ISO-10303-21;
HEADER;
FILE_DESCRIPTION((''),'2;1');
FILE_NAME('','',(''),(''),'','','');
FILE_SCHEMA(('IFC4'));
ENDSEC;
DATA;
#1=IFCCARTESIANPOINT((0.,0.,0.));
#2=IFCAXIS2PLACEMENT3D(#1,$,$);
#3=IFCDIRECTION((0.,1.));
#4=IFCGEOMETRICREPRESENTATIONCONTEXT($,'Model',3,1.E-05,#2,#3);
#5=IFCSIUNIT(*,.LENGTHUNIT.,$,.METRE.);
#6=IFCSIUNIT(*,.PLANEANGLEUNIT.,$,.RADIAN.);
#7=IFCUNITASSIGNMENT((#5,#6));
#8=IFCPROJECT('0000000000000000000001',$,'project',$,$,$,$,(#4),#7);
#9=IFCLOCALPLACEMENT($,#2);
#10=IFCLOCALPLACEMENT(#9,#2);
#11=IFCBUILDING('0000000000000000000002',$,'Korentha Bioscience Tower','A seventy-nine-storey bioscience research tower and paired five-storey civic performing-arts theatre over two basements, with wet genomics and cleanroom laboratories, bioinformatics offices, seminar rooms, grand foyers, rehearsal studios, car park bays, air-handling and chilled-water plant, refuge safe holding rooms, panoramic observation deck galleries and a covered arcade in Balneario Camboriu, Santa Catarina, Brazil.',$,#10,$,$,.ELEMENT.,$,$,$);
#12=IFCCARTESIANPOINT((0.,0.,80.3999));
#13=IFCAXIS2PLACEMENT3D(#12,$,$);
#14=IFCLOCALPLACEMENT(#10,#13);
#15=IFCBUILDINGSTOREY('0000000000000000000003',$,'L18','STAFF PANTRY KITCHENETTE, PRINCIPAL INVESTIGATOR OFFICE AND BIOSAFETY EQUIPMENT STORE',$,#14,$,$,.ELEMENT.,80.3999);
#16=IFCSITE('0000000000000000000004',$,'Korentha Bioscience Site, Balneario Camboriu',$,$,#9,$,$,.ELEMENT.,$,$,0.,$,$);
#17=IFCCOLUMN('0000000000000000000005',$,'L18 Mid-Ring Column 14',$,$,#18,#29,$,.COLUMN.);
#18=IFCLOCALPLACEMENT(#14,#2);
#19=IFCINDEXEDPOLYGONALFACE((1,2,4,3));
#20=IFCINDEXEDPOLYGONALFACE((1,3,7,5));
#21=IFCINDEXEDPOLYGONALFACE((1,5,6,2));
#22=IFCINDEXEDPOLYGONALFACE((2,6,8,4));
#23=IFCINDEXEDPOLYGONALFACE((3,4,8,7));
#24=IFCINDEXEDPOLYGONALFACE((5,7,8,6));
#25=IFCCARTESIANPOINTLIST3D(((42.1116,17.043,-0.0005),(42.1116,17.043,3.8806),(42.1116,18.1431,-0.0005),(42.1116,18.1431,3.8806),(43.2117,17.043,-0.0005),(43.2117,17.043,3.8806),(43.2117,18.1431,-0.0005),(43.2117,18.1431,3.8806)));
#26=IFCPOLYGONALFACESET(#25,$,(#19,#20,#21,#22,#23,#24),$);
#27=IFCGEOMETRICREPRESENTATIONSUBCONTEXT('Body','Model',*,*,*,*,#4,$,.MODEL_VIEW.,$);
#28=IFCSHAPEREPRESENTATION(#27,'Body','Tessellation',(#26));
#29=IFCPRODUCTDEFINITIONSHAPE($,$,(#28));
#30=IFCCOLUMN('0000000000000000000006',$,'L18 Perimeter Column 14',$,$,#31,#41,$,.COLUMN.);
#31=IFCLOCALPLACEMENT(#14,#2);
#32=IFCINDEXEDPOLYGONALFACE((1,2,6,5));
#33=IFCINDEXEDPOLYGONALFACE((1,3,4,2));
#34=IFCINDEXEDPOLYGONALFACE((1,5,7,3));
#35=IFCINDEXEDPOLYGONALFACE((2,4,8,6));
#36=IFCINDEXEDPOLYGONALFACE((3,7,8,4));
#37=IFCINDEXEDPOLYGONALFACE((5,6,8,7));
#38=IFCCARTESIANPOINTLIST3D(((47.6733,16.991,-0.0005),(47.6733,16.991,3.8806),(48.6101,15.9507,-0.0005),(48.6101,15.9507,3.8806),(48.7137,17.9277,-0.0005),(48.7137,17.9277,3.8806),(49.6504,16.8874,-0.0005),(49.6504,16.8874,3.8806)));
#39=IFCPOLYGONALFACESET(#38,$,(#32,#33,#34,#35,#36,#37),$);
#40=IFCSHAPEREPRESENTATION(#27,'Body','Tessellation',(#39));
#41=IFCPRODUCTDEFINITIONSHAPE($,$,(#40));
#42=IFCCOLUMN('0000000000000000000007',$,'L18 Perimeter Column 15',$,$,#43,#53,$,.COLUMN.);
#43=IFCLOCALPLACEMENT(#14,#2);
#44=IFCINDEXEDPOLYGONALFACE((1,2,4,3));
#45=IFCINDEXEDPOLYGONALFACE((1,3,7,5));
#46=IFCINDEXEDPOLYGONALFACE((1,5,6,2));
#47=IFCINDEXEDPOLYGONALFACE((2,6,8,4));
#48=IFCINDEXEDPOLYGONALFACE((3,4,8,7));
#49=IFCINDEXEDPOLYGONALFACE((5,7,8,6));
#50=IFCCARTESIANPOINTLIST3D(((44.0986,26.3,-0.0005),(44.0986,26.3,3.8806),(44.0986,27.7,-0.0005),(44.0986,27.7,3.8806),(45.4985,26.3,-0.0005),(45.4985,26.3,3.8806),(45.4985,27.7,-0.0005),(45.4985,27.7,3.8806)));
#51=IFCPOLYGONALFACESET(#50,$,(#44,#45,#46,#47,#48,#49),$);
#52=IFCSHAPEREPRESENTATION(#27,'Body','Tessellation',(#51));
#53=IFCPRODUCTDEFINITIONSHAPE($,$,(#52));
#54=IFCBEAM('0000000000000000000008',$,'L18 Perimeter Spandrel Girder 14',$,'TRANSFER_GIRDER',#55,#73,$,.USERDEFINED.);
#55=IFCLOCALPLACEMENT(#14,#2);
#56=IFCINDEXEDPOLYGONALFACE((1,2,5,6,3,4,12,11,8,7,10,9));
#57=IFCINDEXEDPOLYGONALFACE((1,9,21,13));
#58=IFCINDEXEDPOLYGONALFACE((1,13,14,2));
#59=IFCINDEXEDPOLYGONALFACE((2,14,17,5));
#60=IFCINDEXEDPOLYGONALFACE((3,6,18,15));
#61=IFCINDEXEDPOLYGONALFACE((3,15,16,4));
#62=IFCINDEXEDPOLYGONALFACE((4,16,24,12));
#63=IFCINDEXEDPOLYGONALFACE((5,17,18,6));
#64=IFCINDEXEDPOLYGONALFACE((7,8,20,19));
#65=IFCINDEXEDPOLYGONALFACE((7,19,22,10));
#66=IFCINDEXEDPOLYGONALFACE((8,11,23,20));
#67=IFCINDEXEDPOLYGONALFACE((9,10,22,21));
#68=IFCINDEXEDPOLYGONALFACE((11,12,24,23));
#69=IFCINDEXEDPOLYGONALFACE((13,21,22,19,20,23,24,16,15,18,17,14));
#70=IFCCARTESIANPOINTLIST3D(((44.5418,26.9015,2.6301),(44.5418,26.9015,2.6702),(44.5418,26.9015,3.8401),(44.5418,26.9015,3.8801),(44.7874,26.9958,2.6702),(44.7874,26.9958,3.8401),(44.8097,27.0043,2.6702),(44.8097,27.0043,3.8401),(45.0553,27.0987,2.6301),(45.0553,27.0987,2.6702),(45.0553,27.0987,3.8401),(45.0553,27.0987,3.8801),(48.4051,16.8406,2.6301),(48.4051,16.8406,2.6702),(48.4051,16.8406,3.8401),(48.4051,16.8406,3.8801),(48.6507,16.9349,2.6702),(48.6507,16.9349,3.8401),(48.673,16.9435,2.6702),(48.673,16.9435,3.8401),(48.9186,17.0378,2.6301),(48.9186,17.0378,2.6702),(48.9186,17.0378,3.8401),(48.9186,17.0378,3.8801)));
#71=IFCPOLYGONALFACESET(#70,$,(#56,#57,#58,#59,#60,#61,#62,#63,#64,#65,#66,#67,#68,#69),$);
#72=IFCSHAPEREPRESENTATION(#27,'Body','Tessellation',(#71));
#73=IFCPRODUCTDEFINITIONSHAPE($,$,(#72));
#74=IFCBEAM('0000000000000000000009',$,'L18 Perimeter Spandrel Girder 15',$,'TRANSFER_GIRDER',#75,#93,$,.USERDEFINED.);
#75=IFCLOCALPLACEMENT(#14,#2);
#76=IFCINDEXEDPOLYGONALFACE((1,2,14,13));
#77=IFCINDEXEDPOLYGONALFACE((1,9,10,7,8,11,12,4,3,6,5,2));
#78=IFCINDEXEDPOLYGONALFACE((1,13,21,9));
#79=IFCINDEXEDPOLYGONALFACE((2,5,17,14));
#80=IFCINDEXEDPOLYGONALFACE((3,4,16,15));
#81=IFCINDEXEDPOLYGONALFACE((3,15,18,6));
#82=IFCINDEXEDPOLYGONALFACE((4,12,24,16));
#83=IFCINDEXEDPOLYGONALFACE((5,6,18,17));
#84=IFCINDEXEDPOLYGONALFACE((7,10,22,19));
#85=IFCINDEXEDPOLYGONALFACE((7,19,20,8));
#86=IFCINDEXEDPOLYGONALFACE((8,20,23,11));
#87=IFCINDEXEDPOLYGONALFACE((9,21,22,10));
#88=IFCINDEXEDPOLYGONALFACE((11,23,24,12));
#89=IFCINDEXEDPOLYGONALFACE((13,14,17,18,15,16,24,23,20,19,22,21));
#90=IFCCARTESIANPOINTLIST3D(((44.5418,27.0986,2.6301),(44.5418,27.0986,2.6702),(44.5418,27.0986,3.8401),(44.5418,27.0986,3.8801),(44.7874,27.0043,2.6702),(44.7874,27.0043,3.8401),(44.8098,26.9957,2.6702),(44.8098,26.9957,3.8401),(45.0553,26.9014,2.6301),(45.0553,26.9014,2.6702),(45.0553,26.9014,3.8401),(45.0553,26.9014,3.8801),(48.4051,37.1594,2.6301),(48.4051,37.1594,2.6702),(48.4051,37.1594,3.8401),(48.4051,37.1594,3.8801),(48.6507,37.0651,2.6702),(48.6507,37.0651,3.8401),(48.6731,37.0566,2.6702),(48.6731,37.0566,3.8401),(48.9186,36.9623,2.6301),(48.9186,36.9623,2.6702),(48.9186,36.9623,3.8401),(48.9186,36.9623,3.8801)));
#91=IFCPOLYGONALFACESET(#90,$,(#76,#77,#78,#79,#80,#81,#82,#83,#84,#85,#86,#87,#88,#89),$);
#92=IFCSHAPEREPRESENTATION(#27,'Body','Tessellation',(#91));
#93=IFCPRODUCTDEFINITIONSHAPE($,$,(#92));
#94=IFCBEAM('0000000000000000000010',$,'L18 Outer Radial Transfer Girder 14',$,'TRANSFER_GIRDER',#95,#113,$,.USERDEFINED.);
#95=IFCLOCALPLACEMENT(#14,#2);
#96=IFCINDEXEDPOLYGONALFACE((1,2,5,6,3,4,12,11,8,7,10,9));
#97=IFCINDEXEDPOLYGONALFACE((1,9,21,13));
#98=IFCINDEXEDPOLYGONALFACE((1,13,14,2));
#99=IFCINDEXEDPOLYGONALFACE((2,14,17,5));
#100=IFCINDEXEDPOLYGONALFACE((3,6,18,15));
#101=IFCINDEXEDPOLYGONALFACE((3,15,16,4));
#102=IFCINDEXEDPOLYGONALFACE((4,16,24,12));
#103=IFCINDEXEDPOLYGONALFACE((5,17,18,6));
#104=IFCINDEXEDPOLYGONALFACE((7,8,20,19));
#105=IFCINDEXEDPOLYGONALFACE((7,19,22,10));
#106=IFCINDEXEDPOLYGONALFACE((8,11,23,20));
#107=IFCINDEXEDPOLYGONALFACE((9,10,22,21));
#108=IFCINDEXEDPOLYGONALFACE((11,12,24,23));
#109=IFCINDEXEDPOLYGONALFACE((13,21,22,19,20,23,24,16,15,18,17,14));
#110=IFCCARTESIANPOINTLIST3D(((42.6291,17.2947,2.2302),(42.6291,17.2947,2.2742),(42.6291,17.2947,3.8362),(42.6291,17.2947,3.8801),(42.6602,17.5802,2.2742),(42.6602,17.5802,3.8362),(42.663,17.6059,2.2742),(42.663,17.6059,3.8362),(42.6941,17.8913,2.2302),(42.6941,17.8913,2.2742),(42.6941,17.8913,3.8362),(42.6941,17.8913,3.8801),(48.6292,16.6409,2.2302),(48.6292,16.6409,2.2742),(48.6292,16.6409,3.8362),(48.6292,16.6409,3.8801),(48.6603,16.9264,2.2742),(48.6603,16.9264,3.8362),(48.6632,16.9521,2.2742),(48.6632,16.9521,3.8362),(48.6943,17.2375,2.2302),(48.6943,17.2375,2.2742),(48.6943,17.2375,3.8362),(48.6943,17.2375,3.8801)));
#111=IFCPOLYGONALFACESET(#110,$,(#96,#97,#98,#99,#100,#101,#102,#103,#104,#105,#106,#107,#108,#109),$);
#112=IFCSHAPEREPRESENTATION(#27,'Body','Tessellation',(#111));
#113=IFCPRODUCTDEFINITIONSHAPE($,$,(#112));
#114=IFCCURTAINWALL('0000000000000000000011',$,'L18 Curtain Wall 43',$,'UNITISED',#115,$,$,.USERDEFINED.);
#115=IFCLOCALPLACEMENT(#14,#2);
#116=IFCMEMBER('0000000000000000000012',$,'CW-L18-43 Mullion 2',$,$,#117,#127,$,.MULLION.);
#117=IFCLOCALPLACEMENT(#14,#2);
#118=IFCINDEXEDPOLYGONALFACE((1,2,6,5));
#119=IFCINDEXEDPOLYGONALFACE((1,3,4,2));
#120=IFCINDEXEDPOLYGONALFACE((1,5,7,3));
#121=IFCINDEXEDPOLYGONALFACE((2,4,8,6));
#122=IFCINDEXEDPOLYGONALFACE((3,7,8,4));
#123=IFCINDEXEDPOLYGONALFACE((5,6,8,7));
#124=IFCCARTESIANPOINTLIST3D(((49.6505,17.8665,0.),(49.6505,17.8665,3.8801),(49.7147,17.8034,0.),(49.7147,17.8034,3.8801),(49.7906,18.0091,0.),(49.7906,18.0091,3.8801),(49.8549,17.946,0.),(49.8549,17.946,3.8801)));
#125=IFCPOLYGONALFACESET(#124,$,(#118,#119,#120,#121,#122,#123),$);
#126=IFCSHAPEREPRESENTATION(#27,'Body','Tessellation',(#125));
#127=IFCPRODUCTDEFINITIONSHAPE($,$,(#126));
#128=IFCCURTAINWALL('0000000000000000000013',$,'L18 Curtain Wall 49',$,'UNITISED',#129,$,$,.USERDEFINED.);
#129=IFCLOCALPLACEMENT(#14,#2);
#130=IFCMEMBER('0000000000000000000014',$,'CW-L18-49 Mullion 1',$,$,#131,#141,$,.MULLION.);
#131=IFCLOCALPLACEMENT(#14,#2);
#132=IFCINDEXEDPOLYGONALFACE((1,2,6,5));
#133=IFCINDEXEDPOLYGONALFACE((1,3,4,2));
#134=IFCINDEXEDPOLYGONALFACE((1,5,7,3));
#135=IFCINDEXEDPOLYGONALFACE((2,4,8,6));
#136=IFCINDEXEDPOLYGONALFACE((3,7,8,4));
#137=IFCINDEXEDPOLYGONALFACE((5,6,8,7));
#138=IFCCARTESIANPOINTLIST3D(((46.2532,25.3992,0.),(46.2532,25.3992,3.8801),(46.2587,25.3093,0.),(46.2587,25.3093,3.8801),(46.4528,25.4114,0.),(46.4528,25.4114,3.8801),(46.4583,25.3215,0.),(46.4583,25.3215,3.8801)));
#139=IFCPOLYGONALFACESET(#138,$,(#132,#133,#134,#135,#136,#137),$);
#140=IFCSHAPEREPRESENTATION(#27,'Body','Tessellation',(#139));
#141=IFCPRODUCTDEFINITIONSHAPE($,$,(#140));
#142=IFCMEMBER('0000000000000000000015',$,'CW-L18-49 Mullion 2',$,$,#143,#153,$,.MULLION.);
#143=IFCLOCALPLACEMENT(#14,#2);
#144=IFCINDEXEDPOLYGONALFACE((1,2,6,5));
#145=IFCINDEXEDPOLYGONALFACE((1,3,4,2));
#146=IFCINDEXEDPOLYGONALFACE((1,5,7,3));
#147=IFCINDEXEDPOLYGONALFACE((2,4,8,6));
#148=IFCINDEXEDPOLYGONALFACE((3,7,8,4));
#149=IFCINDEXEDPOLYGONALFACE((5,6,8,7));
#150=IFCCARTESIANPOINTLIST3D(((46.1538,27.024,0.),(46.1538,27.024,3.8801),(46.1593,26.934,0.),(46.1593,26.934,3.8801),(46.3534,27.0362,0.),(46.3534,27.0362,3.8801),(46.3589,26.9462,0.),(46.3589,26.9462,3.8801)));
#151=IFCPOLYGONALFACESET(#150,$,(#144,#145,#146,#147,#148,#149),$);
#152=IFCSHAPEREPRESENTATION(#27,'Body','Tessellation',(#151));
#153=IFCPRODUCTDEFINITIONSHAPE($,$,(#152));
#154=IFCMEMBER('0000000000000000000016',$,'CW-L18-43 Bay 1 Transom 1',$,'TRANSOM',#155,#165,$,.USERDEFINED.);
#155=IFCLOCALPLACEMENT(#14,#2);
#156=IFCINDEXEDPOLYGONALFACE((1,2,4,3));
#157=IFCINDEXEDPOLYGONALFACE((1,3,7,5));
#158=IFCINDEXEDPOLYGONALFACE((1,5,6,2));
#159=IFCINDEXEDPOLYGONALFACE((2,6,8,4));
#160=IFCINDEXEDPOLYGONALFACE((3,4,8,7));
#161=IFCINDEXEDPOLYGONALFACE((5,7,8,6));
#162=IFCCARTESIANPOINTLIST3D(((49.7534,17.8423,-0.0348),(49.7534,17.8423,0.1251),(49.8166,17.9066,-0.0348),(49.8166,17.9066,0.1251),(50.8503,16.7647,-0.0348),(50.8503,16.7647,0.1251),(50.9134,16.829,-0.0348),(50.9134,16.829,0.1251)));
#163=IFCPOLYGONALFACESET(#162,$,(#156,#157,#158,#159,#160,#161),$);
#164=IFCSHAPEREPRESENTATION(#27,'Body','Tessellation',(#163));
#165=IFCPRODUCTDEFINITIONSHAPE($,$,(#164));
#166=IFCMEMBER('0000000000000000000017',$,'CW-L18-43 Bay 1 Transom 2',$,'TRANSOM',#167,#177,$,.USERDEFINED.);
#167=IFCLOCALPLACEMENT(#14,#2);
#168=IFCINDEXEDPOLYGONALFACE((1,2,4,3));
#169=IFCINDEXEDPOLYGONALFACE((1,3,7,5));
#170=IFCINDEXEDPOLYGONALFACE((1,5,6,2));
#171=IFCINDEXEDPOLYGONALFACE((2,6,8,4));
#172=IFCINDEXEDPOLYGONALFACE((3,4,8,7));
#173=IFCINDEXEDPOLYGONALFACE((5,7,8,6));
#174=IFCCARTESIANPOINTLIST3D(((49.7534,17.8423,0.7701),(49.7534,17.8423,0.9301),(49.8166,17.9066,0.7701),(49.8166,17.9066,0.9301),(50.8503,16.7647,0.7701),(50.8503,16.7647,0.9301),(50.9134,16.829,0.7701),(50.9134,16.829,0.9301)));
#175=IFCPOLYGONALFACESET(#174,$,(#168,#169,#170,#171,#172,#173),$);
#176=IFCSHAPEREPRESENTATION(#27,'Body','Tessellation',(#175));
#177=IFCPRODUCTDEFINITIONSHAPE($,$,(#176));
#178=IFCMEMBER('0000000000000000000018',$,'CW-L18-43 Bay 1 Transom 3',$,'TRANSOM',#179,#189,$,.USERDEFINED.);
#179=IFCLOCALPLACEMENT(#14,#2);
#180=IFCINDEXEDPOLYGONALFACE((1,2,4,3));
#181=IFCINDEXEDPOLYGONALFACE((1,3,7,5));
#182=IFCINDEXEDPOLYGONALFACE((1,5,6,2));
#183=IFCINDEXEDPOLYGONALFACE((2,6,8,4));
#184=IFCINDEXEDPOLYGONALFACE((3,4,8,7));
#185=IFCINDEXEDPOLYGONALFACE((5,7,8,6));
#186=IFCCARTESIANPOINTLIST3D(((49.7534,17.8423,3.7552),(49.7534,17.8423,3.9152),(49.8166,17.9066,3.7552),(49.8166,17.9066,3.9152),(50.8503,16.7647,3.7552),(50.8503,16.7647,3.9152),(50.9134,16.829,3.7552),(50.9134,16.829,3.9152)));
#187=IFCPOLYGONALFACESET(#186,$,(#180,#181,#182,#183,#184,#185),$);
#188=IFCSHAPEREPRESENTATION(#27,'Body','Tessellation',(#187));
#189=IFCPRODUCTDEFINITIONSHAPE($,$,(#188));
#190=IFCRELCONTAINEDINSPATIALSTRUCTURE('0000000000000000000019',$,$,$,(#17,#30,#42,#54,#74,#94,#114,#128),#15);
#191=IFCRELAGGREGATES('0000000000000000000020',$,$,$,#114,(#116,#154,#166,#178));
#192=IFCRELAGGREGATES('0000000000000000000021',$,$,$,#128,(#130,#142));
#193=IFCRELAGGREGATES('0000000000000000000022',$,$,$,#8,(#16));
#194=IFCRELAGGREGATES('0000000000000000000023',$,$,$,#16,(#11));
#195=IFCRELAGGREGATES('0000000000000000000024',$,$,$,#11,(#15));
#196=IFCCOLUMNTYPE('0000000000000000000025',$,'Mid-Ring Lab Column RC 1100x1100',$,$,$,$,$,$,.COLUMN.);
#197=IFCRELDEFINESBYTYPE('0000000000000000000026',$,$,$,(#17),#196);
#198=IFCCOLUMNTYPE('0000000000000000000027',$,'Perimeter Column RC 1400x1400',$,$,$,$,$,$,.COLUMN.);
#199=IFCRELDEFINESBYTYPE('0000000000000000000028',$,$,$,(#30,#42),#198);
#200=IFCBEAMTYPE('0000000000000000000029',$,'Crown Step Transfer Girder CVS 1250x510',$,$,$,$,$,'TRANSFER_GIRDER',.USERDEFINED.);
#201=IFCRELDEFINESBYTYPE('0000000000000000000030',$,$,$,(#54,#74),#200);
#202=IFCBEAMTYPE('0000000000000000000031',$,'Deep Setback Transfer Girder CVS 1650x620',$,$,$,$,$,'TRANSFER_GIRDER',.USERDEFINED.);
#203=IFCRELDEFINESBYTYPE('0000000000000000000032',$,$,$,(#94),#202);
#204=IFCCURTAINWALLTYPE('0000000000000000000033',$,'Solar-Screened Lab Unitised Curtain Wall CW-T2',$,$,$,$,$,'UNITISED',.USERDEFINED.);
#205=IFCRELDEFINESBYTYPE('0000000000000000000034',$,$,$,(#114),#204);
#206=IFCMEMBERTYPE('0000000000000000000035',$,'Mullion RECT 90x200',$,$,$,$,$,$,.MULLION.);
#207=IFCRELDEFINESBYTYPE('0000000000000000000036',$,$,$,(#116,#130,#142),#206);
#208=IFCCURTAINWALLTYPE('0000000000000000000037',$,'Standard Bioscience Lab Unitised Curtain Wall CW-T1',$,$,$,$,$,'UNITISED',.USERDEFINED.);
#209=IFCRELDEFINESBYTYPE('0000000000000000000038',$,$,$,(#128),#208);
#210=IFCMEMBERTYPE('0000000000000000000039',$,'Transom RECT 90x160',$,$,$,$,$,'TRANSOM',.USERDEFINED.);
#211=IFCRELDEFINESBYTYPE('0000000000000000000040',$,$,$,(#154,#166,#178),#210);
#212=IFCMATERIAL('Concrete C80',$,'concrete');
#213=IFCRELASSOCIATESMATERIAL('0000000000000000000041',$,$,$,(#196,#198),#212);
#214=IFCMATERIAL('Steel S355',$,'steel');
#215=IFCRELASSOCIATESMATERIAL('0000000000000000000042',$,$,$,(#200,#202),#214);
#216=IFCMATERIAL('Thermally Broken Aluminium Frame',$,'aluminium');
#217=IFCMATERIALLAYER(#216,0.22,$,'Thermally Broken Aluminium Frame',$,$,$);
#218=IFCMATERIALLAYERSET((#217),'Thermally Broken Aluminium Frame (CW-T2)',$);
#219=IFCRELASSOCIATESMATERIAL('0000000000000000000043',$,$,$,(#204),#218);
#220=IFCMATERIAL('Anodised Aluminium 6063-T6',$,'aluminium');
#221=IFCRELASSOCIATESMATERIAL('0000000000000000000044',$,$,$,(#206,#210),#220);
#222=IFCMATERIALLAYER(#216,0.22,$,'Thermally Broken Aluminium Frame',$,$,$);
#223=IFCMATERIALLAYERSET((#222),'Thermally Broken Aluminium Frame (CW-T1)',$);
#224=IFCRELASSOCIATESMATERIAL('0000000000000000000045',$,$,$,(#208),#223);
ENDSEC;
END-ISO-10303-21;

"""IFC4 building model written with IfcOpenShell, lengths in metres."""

from ifc_helpers import new_model, si_unit, direction, frame, origin, origin_2d, place, context, subcontext, project, spatial, rectangle, i_section, extrude, material, layer, layer_set, material_profile, profile_set, type_object, element, aggregate, save


model = new_model("IFC4")

# Units and contexts
model_context = context("Model", 3, precision=1e-05, world=origin(), true_north=direction((0.0, 1.0)))
body_context = subcontext(model_context, "Body", "Model", "MODEL_VIEW")
ifc_project = project(units=[si_unit("LENGTHUNIT", "METRE"), si_unit("PLANEANGLEUNIT", "RADIAN")], contexts=[model_context])

# Site, building, storey
site_placement = place(None, origin())
site = spatial("IfcSite", under=ifc_project, at=site_placement, Name="Korentha Bioscience Site, Balneario Camboriu", CompositionType="ELEMENT", RefElevation=0.0)
building_placement = place(site_placement, origin())
building = spatial("IfcBuilding", under=site, at=building_placement, Name="Korentha Bioscience Tower", Description="A seventy-nine-storey bioscience research tower and paired five-storey civic performing-arts theatre over two basements, with wet genomics and cleanroom laboratories, bioinformatics offices, seminar rooms, grand foyers, rehearsal studios, car park bays, air-handling and chilled-water plant, refuge safe holding rooms, panoramic observation deck galleries and a covered arcade in Balneario Camboriu, Santa Catarina, Brazil.", CompositionType="ELEMENT")
storey_placement = place(building_placement, frame((0.0, 0.0, 80.3999)))
storey = spatial("IfcBuildingStorey", under=building, at=storey_placement, Name="L18", Description="STAFF PANTRY KITCHENETTE, PRINCIPAL INVESTIGATOR OFFICE AND BIOSAFETY EQUIPMENT STORE", CompositionType="ELEMENT", Elevation=80.3999)

# Columns
ifc_material_1 = material(Name="Concrete C80", Category="concrete")
ifc_material_profile_1 = material_profile(ifc_material_1, rectangle(XDim=1.1001, YDim=1.1001, at=origin_2d()), Name="Concrete C80")
ifc_profile_set_1 = profile_set([ifc_material_profile_1], Name="Concrete C80 (COL-MR11)")
column_type_1 = type_object("IfcColumnType", Name="Mid-Ring Lab Column RC 1100x1100", PredefinedType="COLUMN", material=ifc_profile_set_1)
column_placement = place(storey_placement, frame((42.6616, 17.593, -0.0005), z_axis=(0.0, 0.0, 1.0), x_axis=(1.0, 0.0, 0.0)))
element("IfcColumn", 1, at=column_placement, inside=storey, type_object=column_type_1, Name="L18 Mid-Ring Column 14", PredefinedType="COLUMN", context=body_context, shape_type="SweptSolid", body=[
    extrude(rectangle(XDim=1.1001, YDim=1.1001, at=origin_2d()), origin(), (0.0, 0.0, 1.0), 3.8811),
])
ifc_material_profile_2 = material_profile(ifc_material_1, rectangle(XDim=1.3999, YDim=1.3999, at=origin_2d()), Name="Concrete C80")
ifc_profile_set_2 = profile_set([ifc_material_profile_2], Name="Concrete C80 (COL-P14)")
column_type_2 = type_object("IfcColumnType", Name="Perimeter Column RC 1400x1400", PredefinedType="COLUMN", material=ifc_profile_set_2)
for number, where, z_axis, x_axis, name in (
    (2, (48.6619, 16.9392, -0.0005), (0.0, 0.0, 1.0), (-0.669131, 0.743145, 0.0), "L18 Perimeter Column 14"),
    (3, (44.7986, 27.0, -0.0005), (0.0, 0.0, 1.0), (0.0, 1.0, 0.0), "L18 Perimeter Column 15"),
):
    element("IfcColumn", number, at=place(storey_placement, frame(where, z_axis=z_axis, x_axis=x_axis)), inside=storey, type_object=column_type_2, Name=name, PredefinedType="COLUMN", context=body_context, shape_type="SweptSolid", body=[
        extrude(rectangle(XDim=1.3999, YDim=1.3999, at=origin_2d()), origin(), (0.0, 0.0, 1.0), 3.8811),
    ])

# Beams
ifc_material_2 = material(Name="Steel S355", Category="steel")
ifc_material_profile_3 = material_profile(ifc_material_2, i_section(OverallWidth=0.55, OverallDepth=1.25, WebThickness=0.0239, FlangeThickness=0.04, at=origin_2d()), Name="Steel S355")
ifc_profile_set_3 = profile_set([ifc_material_profile_3], Name="Steel S355 (TG-03)")
beam_type_1 = type_object("IfcBeamType", Name="Crown Step Transfer Girder CVS 1250x510", ElementType="TRANSFER_GIRDER", PredefinedType="USERDEFINED", material=ifc_profile_set_3)
for number, where, z_axis, x_axis, name in (
    (4, (48.6619, 16.9392, 3.2551), (-0.358474, 0.93354, 0.0), (-0.93354, -0.358474, 0.0), "L18 Perimeter Spandrel Girder 14"),
    (5, (44.7986, 27.0, 3.2551), (0.358474, 0.93354, 0.0), (-0.93354, 0.358474, 0.0), "L18 Perimeter Spandrel Girder 15"),
):
    element("IfcBeam", number, at=place(storey_placement, frame(where, z_axis=z_axis, x_axis=x_axis)), inside=storey, type_object=beam_type_1, Name=name, ObjectType="TRANSFER_GIRDER", PredefinedType="USERDEFINED", context=body_context, shape_type="SweptSolid", body=[
        extrude(i_section(OverallWidth=0.55, OverallDepth=1.25, WebThickness=0.0239, FlangeThickness=0.04, at=origin_2d()), origin(), (0.0, 0.0, 1.0), 10.7771),
    ])
ifc_material_profile_4 = material_profile(ifc_material_2, i_section(OverallWidth=0.6001, OverallDepth=1.6499, WebThickness=0.0259, FlangeThickness=0.0439, at=origin_2d()), Name="Steel S355")
ifc_profile_set_4 = profile_set([ifc_material_profile_4], Name="Steel S355 (TG-04)")
beam_type_2 = type_object("IfcBeamType", Name="Deep Setback Transfer Girder CVS 1650x620", ElementType="TRANSFER_GIRDER", PredefinedType="USERDEFINED", material=ifc_profile_set_4)
beam_placement = place(storey_placement, frame((42.6616, 17.593, 3.0552), z_axis=(0.994116, -0.108323, 0.0), x_axis=(0.108323, 0.994116, 0.0)))
element("IfcBeam", 6, at=beam_placement, inside=storey, type_object=beam_type_2, Name="L18 Outer Radial Transfer Girder 14", ObjectType="TRANSFER_GIRDER", PredefinedType="USERDEFINED", context=body_context, shape_type="SweptSolid", body=[
    extrude(i_section(OverallWidth=0.6001, OverallDepth=1.6499, WebThickness=0.0259, FlangeThickness=0.0439, at=origin_2d()), origin(), (0.0, 0.0, 1.0), 6.0356),
])

# Curtain wall, member
ifc_material_3 = material(Name="Thermally Broken Aluminium Frame", Category="aluminium")
ifc_layer_1 = layer(ifc_material_3, 0.22, Name="Thermally Broken Aluminium Frame")
ifc_layer_set_1 = layer_set([ifc_layer_1], Name="Thermally Broken Aluminium Frame (CW-T2)")
curtain_wall_type_1 = type_object("IfcCurtainWallType", Name="Solar-Screened Lab Unitised Curtain Wall CW-T2", ElementType="UNITISED", PredefinedType="USERDEFINED", material=ifc_layer_set_1)
curtain_wall_1_placement = place(storey_placement, origin())
curtain_wall_1 = element("IfcCurtainWall", 7, at=curtain_wall_1_placement, inside=storey, type_object=curtain_wall_type_1, Name="L18 Curtain Wall 43", ObjectType="UNITISED", PredefinedType="USERDEFINED")
ifc_material_4 = material(Name="Anodised Aluminium 6063-T6", Category="aluminium")
ifc_material_profile_5 = material_profile(ifc_material_4, rectangle(XDim=0.0901, YDim=0.2, at=origin_2d()), Name="Anodised Aluminium 6063-T6")
ifc_profile_set_5 = profile_set([ifc_material_profile_5], Name="Anodised Aluminium 6063-T6 (CW-MUL)")
member_type_1 = type_object("IfcMemberType", Name="Mullion RECT 90x200", PredefinedType="MULLION", material=ifc_profile_set_5)
member_1_placement = place(storey_placement, frame((49.7527, 17.9062, 0.0), z_axis=(0.0, 0.0, 1.0), x_axis=(-0.713279, 0.70088, 0.0)))
member_1 = element("IfcMember", 8, at=member_1_placement, type_object=member_type_1, Name="CW-L18-43 Mullion 2", PredefinedType="MULLION", context=body_context, shape_type="SweptSolid", body=[
    extrude(rectangle(XDim=0.0901, YDim=0.2, at=origin_2d()), origin(), (0.0, 0.0, 1.0), 3.8801),
])

# Curtain wall, members
ifc_layer_2 = layer(ifc_material_3, 0.22, Name="Thermally Broken Aluminium Frame")
ifc_layer_set_2 = layer_set([ifc_layer_2], Name="Thermally Broken Aluminium Frame (CW-T1)")
curtain_wall_type_2 = type_object("IfcCurtainWallType", Name="Standard Bioscience Lab Unitised Curtain Wall CW-T1", ElementType="UNITISED", PredefinedType="USERDEFINED", material=ifc_layer_set_2)
curtain_wall_2_placement = place(storey_placement, origin())
curtain_wall_2 = element("IfcCurtainWall", 9, at=curtain_wall_2_placement, inside=storey, type_object=curtain_wall_type_2, Name="L18 Curtain Wall 49", ObjectType="UNITISED", PredefinedType="USERDEFINED")
member_2_placement = place(storey_placement, frame((46.3557, 25.3604, 0.0), z_axis=(0.0, 0.0, 1.0), x_axis=(-0.061008, 0.998137, 0.0)))
member_2 = element("IfcMember", 10, at=member_2_placement, type_object=member_type_1, Name="CW-L18-49 Mullion 1", PredefinedType="MULLION", context=body_context, shape_type="SweptSolid", body=[
    extrude(rectangle(XDim=0.0901, YDim=0.2, at=origin_2d()), origin(), (0.0, 0.0, 1.0), 3.8801),
])
member_3_placement = place(storey_placement, frame((46.2563, 26.9851, 0.0), z_axis=(0.0, 0.0, 1.0), x_axis=(-0.061008, 0.998137, 0.0)))
member_3 = element("IfcMember", 11, at=member_3_placement, type_object=member_type_1, Name="CW-L18-49 Mullion 2", PredefinedType="MULLION", context=body_context, shape_type="SweptSolid", body=[
    extrude(rectangle(XDim=0.0901, YDim=0.2, at=origin_2d()), origin(), (0.0, 0.0, 1.0), 3.8801),
])

# Members
ifc_material_profile_6 = material_profile(ifc_material_4, rectangle(XDim=0.0901, YDim=0.1599, at=origin_2d()), Name="Anodised Aluminium 6063-T6")
ifc_profile_set_6 = profile_set([ifc_material_profile_6], Name="Anodised Aluminium 6063-T6 (CW-TRN)")
member_type_2 = type_object("IfcMemberType", Name="Transom RECT 90x160", ElementType="TRANSOM", PredefinedType="USERDEFINED", material=ifc_profile_set_6)
member_4_placement = place(storey_placement, frame((50.8818, 16.7969, 0.0452), z_axis=(-0.71335, 0.700808, 0.0), x_axis=(-0.700808, -0.71335, 0.0)))
member_4 = element("IfcMember", 12, at=member_4_placement, type_object=member_type_2, Name="CW-L18-43 Bay 1 Transom 1", ObjectType="TRANSOM", PredefinedType="USERDEFINED", context=body_context, shape_type="SweptSolid", body=[
    extrude(rectangle(XDim=0.0901, YDim=0.1599, at=origin_2d()), origin(), (0.0, 0.0, 1.0), 1.5376),
])
member_5_placement = place(storey_placement, frame((50.8818, 16.7969, 0.8501), z_axis=(-0.71335, 0.700808, 0.0), x_axis=(-0.700808, -0.71335, 0.0)))
member_5 = element("IfcMember", 13, at=member_5_placement, type_object=member_type_2, Name="CW-L18-43 Bay 1 Transom 2", ObjectType="TRANSOM", PredefinedType="USERDEFINED", context=body_context, shape_type="SweptSolid", body=[
    extrude(rectangle(XDim=0.0901, YDim=0.1599, at=origin_2d()), origin(), (0.0, 0.0, 1.0), 1.5376),
])
member_6_placement = place(storey_placement, frame((50.8818, 16.7969, 3.8352), z_axis=(-0.71335, 0.700808, 0.0), x_axis=(-0.700808, -0.71335, 0.0)))
member_6 = element("IfcMember", 14, at=member_6_placement, type_object=member_type_2, Name="CW-L18-43 Bay 1 Transom 3", ObjectType="TRANSOM", PredefinedType="USERDEFINED", context=body_context, shape_type="SweptSolid", body=[
    extrude(rectangle(XDim=0.0901, YDim=0.1599, at=origin_2d()), origin(), (0.0, 0.0, 1.0), 1.5376),
])

aggregate(curtain_wall_1, [member_1, member_4, member_5, member_6])
aggregate(curtain_wall_2, [member_2, member_3])

save(model, "model.ifc")
